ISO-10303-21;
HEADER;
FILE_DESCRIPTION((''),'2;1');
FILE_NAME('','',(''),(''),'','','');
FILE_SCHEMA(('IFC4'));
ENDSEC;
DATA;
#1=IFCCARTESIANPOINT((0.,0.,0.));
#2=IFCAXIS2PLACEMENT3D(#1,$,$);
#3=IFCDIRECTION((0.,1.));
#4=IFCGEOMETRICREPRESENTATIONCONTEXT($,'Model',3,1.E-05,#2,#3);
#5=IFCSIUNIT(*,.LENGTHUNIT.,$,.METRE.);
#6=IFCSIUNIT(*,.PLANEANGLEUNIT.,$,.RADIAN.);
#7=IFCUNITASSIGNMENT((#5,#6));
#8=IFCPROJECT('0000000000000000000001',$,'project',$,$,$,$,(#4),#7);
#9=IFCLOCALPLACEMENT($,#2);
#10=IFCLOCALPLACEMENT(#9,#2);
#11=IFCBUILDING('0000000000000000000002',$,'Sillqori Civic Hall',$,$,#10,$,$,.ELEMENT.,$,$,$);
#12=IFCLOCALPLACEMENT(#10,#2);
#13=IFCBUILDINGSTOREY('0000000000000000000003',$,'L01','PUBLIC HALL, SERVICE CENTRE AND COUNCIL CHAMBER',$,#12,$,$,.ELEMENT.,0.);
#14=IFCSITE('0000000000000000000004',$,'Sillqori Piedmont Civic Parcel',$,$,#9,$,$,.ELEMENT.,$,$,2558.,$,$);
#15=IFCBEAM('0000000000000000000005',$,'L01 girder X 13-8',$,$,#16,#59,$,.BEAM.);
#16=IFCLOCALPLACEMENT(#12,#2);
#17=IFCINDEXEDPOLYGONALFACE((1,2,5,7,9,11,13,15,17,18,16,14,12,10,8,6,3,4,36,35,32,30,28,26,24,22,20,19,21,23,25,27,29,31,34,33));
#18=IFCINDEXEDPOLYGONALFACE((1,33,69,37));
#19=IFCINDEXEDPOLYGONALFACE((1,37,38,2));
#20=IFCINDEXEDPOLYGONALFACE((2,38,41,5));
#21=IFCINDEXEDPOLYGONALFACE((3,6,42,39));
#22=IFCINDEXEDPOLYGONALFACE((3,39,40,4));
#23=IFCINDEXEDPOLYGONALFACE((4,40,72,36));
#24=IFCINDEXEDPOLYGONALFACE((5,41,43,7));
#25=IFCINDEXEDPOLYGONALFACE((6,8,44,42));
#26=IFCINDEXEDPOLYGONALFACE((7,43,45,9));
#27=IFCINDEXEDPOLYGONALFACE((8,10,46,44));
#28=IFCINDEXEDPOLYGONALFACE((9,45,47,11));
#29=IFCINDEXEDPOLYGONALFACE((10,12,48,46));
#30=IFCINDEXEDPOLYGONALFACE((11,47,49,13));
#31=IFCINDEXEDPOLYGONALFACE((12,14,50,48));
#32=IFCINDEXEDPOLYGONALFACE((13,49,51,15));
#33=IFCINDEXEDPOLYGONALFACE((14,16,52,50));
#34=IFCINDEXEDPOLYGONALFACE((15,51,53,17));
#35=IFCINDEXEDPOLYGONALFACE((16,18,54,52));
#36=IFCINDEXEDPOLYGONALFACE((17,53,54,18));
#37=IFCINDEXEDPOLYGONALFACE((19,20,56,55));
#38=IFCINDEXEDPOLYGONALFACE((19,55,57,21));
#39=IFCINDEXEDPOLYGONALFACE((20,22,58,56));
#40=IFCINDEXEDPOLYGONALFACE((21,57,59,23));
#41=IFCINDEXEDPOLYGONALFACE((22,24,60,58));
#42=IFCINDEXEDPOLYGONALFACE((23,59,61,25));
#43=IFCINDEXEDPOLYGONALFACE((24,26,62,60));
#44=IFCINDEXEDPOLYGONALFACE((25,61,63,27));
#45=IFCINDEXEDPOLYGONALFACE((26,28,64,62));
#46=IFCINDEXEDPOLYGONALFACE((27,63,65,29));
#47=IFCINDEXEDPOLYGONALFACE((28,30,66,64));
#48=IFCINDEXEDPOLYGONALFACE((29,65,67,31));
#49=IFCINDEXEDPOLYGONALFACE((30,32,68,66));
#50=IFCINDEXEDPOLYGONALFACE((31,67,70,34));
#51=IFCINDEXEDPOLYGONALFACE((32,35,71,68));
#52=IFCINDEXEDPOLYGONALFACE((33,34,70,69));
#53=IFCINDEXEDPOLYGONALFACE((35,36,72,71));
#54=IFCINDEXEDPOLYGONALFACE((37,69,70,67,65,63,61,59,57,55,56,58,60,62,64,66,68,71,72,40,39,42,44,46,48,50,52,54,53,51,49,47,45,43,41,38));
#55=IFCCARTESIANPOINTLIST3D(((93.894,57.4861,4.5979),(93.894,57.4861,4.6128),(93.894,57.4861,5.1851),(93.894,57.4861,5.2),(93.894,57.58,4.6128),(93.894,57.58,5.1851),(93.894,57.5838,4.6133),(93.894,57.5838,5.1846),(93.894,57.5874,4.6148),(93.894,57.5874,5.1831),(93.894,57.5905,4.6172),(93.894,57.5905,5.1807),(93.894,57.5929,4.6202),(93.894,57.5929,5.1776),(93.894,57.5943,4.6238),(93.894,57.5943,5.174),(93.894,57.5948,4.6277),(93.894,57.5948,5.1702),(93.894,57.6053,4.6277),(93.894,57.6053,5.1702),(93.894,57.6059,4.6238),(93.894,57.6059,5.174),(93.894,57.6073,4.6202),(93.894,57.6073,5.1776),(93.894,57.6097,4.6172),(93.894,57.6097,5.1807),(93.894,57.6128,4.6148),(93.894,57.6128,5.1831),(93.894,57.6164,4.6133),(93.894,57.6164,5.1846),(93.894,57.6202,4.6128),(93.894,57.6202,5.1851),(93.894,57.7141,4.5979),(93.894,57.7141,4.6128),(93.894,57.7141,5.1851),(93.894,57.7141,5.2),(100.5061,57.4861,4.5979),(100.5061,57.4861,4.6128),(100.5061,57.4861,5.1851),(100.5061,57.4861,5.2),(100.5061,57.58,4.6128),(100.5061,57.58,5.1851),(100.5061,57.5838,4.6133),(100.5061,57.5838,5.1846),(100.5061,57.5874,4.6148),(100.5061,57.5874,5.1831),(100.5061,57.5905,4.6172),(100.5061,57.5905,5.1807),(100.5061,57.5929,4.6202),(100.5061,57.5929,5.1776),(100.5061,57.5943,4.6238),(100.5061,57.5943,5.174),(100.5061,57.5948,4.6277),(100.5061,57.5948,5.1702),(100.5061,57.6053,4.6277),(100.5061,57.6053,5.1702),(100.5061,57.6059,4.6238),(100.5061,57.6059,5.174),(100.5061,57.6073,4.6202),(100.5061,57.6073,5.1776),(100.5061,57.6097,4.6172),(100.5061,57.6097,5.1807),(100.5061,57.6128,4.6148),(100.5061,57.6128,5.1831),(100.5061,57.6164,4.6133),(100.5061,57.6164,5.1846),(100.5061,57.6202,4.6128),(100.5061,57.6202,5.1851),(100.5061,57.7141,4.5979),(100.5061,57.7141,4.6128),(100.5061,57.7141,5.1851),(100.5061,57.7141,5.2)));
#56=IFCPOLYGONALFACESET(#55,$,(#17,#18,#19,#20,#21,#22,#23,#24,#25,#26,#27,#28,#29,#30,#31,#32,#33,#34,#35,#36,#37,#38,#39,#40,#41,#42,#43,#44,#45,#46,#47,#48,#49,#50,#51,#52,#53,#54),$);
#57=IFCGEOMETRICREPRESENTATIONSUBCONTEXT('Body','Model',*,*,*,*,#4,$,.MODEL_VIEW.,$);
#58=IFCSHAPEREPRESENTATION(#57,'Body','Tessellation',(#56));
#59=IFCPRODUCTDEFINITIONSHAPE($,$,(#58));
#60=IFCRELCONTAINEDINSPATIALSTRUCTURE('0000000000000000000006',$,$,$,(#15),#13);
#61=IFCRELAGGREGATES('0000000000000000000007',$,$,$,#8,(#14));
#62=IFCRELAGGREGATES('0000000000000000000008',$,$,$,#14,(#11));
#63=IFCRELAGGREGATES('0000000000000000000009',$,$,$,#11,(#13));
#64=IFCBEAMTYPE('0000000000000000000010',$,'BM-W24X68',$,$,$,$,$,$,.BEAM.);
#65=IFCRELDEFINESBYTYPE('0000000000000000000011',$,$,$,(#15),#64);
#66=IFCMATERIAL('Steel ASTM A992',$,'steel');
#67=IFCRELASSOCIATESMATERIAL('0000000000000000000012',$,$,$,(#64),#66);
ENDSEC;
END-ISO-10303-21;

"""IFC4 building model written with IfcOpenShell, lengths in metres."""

from ifc_helpers import new_model, si_unit, direction, frame, origin, origin_2d, place, context, subcontext, project, spatial, i_section, extrude, material, material_profile, profile_set, type_object, element, save


model = new_model("IFC4")

# Units and contexts
model_context = context("Model", 3, precision=1e-05, world=origin(), true_north=direction((0.0, 1.0)))
body_context = subcontext(model_context, "Body", "Model", "MODEL_VIEW")
ifc_project = project(units=[si_unit("LENGTHUNIT", "METRE"), si_unit("PLANEANGLEUNIT", "RADIAN")], contexts=[model_context])

# Site, building, storey
site_placement = place(None, origin())
site = spatial("IfcSite", under=ifc_project, at=site_placement, Name="Sillqori Piedmont Civic Parcel", CompositionType="ELEMENT", RefElevation=2558.0)
building_placement = place(site_placement, origin())
building = spatial("IfcBuilding", under=site, at=building_placement, Name="Sillqori Civic Hall", CompositionType="ELEMENT")
storey_placement = place(building_placement, origin())
storey = spatial("IfcBuildingStorey", under=building, at=storey_placement, Name="L01", Description="PUBLIC HALL, SERVICE CENTRE AND COUNCIL CHAMBER", CompositionType="ELEMENT", Elevation=0.0)

# Beam
ifc_material_1 = material(Name="Steel ASTM A992", Category="steel")
ifc_material_profile_1 = material_profile(ifc_material_1, i_section(OverallWidth=0.228, OverallDepth=0.6021, WebThickness=0.0105, FlangeThickness=0.0149, FilletRadius=0.0149, at=origin_2d()), Name="W24X68")
ifc_profile_set_1 = profile_set([ifc_material_profile_1], Name="Steel ASTM A992")
beam_type = type_object("IfcBeamType", Name="BM-W24X68", PredefinedType="BEAM", material=ifc_profile_set_1)
beam_placement = place(storey_placement, frame((93.894, 57.6001, 4.8989), z_axis=(1.0, 0.0, 0.0), x_axis=(0.0, 1.0, 0.0)))
element("IfcBeam", 1, at=beam_placement, inside=storey, type_object=beam_type, Name="L01 girder X 13-8", PredefinedType="BEAM", context=body_context, shape_type="SweptSolid", body=[
    extrude(i_section(OverallWidth=0.228, OverallDepth=0.6021, WebThickness=0.0105, FlangeThickness=0.0149, FilletRadius=0.0149, at=origin_2d()), origin(), (0.0, 0.0, 1.0), 6.6121),
])

save(model, "model.ifc")
